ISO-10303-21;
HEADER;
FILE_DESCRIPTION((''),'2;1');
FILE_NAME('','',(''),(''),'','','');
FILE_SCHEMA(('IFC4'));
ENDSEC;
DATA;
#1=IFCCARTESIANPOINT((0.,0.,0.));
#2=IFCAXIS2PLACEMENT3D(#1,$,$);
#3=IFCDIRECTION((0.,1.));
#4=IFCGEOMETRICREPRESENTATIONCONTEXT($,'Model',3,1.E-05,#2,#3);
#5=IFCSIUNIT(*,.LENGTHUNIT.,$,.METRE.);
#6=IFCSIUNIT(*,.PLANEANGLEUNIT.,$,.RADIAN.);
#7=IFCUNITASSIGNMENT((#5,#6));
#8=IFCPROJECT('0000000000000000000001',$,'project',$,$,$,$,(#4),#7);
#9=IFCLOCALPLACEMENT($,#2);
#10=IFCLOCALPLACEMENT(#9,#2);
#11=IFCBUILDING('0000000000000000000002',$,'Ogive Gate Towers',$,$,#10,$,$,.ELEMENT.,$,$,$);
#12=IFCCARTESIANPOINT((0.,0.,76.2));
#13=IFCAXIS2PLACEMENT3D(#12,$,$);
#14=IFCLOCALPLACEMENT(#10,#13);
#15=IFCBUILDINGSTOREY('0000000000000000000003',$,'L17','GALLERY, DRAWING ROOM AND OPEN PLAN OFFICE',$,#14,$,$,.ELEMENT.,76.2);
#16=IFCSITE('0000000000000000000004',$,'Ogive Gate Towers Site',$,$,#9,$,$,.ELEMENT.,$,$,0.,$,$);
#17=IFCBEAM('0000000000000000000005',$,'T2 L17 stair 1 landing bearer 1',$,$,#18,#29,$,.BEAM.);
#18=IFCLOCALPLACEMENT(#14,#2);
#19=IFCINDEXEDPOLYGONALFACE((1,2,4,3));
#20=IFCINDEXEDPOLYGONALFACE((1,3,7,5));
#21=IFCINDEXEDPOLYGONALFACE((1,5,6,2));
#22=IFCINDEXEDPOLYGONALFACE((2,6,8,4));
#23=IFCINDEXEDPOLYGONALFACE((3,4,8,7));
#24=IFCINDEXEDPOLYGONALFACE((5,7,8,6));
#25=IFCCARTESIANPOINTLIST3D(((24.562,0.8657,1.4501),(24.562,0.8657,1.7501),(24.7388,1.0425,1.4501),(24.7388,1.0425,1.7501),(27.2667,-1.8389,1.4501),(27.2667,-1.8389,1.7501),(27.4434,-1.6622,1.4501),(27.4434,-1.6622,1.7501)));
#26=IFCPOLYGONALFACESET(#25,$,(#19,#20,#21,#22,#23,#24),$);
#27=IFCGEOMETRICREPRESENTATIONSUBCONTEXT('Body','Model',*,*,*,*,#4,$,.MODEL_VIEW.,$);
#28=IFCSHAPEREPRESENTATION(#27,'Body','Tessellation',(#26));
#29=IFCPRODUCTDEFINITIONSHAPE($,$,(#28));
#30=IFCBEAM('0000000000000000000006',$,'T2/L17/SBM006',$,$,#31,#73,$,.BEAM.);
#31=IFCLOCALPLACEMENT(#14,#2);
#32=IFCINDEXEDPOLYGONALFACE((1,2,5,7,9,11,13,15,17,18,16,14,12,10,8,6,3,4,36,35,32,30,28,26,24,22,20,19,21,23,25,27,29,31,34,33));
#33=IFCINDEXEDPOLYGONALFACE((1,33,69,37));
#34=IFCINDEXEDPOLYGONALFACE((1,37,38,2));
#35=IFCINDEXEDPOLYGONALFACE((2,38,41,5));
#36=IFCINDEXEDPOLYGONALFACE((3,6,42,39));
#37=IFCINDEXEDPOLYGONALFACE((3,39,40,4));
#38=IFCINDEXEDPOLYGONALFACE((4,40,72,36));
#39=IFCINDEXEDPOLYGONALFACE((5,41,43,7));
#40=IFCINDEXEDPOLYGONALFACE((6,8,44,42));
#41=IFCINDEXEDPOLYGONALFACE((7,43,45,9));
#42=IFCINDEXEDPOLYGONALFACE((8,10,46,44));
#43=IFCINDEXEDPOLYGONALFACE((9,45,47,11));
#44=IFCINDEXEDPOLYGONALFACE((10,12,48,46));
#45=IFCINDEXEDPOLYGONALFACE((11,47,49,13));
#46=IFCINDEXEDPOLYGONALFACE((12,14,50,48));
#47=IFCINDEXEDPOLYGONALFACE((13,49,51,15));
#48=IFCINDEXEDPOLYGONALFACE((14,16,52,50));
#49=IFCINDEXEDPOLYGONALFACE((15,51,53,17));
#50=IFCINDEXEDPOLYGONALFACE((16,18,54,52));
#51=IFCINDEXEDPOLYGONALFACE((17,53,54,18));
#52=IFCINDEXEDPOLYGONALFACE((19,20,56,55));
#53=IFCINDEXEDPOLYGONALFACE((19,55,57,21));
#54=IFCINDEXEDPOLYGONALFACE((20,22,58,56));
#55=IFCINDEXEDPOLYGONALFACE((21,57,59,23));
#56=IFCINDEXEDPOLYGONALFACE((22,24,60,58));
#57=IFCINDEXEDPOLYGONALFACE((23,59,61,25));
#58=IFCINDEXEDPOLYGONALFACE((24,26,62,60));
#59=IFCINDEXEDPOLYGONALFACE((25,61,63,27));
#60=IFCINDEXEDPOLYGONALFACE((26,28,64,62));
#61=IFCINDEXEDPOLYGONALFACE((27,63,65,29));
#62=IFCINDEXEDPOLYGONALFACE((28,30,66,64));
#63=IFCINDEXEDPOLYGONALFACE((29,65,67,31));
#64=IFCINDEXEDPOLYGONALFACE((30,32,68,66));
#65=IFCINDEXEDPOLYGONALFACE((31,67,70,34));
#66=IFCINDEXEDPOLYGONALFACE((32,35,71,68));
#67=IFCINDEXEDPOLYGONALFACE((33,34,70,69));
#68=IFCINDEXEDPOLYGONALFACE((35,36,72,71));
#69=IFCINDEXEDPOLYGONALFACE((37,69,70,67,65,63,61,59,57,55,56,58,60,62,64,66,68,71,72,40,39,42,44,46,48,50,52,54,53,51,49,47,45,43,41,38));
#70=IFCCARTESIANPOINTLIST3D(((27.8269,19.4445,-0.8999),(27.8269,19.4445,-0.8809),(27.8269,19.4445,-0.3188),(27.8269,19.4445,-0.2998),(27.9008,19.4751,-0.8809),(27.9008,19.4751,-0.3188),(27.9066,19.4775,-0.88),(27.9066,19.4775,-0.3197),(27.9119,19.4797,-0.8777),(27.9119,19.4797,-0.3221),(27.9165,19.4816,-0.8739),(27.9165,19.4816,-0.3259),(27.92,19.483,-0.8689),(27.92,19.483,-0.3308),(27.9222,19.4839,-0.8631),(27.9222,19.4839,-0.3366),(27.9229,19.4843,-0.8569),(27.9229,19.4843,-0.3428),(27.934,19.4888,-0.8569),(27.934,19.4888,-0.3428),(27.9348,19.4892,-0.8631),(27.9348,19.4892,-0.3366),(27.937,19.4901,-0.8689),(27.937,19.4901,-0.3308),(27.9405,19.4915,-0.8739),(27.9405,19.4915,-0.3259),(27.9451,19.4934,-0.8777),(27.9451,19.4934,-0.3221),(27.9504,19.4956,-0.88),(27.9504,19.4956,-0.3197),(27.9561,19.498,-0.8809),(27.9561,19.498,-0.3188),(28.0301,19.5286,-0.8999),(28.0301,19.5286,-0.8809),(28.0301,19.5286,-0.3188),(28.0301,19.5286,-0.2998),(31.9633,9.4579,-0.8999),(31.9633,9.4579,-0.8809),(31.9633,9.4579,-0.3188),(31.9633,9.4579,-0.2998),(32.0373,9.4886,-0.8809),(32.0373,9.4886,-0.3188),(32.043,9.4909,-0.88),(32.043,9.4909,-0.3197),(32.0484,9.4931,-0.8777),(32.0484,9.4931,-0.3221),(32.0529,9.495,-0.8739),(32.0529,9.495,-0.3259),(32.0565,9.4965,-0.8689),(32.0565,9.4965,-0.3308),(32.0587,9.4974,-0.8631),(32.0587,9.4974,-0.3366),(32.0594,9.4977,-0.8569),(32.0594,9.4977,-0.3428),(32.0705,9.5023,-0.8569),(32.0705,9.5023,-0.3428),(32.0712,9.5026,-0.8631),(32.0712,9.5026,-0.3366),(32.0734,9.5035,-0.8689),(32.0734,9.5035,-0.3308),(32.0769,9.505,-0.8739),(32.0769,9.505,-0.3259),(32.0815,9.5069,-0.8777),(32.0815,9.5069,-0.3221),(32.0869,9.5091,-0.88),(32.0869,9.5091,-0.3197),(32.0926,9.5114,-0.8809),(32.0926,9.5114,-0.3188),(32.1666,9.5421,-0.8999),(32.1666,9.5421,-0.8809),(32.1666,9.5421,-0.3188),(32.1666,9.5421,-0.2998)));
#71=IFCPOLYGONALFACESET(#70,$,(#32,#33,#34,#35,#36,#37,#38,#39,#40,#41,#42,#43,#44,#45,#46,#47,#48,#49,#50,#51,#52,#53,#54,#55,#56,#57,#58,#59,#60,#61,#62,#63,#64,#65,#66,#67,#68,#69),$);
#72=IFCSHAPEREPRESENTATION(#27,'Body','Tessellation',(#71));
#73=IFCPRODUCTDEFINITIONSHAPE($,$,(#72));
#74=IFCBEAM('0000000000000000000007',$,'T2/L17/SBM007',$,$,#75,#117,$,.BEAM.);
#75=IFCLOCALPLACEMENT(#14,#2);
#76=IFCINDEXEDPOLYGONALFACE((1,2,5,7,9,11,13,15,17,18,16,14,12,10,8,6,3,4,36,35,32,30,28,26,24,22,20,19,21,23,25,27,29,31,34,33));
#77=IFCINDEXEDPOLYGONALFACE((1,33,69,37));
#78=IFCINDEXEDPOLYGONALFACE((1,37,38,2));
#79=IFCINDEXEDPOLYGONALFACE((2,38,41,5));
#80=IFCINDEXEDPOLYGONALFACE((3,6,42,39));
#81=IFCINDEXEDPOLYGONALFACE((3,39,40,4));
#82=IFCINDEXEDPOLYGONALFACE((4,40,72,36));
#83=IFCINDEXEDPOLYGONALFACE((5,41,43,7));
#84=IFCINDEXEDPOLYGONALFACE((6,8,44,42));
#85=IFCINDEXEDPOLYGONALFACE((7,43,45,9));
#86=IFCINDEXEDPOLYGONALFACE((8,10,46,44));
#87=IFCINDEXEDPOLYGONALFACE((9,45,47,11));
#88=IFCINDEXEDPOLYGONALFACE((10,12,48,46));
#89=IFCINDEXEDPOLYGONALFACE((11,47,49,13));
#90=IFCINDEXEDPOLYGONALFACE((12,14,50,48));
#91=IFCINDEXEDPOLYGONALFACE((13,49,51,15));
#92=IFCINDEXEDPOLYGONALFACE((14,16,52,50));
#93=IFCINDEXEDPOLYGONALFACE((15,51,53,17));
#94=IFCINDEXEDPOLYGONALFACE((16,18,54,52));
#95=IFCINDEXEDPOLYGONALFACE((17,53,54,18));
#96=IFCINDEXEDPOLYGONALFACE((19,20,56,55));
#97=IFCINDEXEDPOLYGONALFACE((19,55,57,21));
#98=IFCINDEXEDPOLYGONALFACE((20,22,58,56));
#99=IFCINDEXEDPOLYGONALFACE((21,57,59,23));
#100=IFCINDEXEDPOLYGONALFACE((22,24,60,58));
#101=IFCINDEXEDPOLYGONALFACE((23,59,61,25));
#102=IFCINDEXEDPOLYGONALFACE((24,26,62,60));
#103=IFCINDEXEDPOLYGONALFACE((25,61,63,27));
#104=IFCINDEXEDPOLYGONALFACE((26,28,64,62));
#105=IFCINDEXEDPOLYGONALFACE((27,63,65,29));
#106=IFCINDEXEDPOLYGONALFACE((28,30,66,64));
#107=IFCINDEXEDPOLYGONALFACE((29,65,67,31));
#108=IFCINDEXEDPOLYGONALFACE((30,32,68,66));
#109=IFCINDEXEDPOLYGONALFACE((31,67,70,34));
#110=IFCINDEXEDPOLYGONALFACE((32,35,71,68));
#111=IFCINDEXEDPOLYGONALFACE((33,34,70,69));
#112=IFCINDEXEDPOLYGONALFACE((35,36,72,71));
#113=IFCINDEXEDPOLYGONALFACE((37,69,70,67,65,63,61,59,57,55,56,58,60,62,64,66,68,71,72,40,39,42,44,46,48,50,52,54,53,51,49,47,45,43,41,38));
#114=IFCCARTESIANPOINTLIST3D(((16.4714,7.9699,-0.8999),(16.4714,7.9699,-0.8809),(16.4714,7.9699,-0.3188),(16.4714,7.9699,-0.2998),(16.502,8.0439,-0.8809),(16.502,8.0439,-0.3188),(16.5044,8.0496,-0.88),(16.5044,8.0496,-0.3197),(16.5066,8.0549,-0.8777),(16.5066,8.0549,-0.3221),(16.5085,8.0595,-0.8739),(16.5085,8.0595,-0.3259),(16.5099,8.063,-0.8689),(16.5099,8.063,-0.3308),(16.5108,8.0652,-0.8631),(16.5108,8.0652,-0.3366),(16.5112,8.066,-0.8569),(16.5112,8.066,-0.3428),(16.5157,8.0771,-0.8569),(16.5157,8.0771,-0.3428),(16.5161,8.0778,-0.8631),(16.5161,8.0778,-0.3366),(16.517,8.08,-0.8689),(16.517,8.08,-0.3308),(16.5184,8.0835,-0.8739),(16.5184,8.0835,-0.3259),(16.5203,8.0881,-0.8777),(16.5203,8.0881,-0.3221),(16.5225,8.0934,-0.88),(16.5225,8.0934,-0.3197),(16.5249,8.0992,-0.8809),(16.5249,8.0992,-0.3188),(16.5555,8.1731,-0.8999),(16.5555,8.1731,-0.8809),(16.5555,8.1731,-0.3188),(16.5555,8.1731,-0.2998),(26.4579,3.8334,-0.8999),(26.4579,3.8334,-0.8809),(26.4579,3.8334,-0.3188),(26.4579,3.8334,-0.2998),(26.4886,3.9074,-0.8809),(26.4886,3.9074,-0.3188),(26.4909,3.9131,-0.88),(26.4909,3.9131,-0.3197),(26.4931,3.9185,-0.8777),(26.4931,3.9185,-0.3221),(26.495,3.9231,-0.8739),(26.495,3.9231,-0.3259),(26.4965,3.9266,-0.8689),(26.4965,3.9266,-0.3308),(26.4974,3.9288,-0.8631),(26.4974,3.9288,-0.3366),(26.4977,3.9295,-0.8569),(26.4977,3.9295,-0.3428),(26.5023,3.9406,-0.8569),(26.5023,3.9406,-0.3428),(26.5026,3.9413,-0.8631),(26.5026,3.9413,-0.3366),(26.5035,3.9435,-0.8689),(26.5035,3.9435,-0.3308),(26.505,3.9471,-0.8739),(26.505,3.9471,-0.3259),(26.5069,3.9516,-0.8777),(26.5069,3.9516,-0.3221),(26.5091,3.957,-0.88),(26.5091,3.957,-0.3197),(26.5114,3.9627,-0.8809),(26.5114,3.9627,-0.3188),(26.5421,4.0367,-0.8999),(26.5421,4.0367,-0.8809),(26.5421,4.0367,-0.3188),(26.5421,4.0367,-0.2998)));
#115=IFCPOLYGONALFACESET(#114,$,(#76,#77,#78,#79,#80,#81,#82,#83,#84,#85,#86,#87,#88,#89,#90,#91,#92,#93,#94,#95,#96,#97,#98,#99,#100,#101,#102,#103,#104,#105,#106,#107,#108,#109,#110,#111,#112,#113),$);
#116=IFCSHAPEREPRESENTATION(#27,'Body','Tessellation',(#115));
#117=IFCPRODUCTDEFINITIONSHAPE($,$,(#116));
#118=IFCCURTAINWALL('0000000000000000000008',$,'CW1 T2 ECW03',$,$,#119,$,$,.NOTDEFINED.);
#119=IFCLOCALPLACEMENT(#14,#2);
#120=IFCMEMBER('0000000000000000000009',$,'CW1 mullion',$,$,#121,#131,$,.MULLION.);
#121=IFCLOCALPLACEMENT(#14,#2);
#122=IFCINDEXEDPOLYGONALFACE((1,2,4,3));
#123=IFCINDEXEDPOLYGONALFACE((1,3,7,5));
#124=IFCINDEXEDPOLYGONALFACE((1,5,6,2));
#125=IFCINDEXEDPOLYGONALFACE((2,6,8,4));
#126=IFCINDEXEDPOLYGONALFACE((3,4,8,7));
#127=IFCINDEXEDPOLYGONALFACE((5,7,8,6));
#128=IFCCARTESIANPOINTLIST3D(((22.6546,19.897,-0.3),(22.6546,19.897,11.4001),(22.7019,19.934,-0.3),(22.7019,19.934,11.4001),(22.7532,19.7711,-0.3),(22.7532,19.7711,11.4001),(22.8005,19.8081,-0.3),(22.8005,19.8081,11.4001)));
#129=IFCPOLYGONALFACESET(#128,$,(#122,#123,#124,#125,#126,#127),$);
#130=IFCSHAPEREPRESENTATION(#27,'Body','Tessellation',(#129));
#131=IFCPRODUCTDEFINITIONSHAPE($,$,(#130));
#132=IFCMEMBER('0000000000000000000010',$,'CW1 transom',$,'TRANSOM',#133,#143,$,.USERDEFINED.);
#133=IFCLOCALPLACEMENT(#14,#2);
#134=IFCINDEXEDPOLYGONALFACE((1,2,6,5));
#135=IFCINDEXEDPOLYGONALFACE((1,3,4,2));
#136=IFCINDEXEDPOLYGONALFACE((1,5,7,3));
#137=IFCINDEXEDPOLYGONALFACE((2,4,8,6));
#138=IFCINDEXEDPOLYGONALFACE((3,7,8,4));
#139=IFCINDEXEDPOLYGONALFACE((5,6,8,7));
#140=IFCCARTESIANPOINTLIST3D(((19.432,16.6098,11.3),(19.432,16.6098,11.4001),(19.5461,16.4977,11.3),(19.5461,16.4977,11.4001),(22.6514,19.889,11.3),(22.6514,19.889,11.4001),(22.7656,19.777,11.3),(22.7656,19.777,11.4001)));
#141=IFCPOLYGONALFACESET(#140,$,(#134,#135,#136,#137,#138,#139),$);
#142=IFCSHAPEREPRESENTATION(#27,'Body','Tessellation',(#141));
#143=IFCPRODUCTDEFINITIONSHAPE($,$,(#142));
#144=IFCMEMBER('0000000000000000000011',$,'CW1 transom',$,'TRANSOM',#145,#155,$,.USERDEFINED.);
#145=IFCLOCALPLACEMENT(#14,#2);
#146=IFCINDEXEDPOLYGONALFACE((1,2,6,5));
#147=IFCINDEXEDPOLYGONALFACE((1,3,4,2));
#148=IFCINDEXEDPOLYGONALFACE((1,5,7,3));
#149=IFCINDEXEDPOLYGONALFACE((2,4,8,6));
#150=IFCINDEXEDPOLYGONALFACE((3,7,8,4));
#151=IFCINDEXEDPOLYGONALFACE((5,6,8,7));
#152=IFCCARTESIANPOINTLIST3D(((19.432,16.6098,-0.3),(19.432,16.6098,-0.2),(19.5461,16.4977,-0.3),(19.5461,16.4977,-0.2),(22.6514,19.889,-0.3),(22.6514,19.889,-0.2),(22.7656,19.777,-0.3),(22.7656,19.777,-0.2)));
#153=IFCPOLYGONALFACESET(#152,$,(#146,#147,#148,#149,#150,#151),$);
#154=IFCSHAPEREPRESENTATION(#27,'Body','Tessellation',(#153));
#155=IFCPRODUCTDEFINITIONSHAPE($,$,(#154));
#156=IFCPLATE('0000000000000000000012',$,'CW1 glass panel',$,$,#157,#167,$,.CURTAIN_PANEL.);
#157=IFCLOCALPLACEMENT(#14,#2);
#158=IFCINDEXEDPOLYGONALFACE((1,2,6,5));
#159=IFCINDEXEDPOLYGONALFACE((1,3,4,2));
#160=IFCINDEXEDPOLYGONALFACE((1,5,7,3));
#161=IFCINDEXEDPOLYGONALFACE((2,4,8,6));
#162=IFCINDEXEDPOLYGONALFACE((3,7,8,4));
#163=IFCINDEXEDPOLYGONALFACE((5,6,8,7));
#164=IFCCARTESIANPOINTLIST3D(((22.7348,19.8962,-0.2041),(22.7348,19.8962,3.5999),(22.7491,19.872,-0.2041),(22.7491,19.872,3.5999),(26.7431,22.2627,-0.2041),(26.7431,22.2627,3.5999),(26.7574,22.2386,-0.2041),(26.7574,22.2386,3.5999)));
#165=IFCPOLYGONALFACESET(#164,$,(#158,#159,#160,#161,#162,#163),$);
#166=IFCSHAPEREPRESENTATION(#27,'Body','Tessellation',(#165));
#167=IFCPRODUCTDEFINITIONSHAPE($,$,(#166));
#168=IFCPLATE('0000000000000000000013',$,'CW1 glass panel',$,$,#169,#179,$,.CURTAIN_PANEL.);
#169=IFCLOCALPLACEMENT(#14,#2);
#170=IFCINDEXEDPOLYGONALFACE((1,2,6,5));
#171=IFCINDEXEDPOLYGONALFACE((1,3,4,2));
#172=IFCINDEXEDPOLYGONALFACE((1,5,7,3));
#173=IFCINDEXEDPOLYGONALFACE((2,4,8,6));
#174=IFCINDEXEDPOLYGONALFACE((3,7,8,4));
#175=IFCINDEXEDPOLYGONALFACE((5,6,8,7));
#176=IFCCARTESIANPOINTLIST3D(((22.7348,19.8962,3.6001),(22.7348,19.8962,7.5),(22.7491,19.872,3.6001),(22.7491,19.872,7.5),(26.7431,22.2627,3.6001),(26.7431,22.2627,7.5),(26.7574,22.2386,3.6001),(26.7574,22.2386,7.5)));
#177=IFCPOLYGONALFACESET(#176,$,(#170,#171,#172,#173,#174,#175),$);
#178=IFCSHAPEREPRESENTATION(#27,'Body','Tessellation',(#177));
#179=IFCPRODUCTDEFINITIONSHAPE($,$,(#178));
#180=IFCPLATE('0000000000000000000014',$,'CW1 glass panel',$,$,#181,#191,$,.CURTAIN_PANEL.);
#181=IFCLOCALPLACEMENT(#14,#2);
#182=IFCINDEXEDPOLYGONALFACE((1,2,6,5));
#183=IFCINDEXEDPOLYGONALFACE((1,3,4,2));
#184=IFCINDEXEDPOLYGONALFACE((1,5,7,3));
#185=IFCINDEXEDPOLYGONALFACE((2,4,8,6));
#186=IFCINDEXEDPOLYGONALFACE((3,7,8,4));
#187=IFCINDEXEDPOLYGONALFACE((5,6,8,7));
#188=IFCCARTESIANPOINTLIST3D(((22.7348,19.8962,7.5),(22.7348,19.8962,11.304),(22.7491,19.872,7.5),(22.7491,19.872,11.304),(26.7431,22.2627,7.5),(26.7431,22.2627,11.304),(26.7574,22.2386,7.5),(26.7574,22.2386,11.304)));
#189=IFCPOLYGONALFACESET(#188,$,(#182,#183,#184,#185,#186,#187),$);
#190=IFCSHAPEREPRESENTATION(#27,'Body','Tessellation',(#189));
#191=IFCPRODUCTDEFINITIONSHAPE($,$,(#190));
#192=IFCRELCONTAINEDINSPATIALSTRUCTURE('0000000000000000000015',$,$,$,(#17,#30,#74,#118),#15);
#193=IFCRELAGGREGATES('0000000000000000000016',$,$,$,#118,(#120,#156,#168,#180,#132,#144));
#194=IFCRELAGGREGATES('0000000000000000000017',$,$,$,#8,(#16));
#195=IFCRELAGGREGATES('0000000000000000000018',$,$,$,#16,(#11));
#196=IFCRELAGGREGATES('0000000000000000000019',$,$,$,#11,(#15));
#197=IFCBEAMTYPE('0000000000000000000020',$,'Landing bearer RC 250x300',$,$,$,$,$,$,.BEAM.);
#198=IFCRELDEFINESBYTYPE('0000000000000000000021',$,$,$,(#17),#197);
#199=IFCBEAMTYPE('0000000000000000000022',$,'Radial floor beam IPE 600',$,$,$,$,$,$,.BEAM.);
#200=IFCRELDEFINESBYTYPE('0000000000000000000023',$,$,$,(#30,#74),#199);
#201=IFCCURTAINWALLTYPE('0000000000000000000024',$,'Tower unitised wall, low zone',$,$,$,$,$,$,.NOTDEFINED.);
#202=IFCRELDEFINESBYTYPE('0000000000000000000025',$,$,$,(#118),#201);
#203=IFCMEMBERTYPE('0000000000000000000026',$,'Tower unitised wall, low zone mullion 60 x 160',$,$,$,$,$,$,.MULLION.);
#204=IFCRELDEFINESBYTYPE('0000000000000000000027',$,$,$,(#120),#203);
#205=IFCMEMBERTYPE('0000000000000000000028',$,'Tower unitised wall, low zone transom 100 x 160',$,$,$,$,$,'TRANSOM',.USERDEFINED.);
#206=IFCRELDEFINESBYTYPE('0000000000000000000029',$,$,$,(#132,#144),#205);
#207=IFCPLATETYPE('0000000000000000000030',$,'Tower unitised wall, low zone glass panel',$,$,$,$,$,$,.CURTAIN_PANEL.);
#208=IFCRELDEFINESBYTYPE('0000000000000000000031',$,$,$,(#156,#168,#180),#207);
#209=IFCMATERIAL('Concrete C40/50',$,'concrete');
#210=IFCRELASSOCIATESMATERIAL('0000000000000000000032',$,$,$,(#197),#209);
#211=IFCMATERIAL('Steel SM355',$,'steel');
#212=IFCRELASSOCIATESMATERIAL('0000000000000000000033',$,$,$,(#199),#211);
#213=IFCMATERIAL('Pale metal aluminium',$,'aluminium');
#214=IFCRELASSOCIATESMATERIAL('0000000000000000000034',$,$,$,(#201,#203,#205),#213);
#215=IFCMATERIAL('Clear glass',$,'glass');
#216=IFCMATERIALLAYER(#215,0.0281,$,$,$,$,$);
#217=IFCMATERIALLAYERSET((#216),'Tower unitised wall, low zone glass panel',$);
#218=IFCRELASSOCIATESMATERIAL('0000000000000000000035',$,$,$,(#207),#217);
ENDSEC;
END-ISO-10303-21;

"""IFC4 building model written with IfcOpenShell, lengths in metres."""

from ifc_helpers import new_model, si_unit, direction, frame, origin, origin_2d, place, context, subcontext, project, spatial, rectangle, i_section, extrude, material, layer, layer_set, material_profile, profile_set, type_object, element, aggregate, save


model = new_model("IFC4")

# Units and contexts
model_context = context("Model", 3, precision=1e-05, world=origin(), true_north=direction((0.0, 1.0)))
body_context = subcontext(model_context, "Body", "Model", "MODEL_VIEW")
ifc_project = project(units=[si_unit("LENGTHUNIT", "METRE"), si_unit("PLANEANGLEUNIT", "RADIAN")], contexts=[model_context])

# Site, building, storey
site_placement = place(None, origin())
site = spatial("IfcSite", under=ifc_project, at=site_placement, Name="Ogive Gate Towers Site", CompositionType="ELEMENT", RefElevation=0.0)
building_placement = place(site_placement, origin())
building = spatial("IfcBuilding", under=site, at=building_placement, Name="Ogive Gate Towers", CompositionType="ELEMENT")
storey_placement = place(building_placement, frame((0.0, 0.0, 76.2)))
storey = spatial("IfcBuildingStorey", under=building, at=storey_placement, Name="L17", Description="GALLERY, DRAWING ROOM AND OPEN PLAN OFFICE", CompositionType="ELEMENT", Elevation=76.2)

# Beams
ifc_material_1 = material(Name="Concrete C40/50", Category="concrete")
ifc_material_profile_1 = material_profile(ifc_material_1, rectangle(XDim=0.25, YDim=0.3, at=origin_2d()), Name="RC 250x300")
ifc_profile_set_1 = profile_set([ifc_material_profile_1], Name="Concrete C40/50")
beam_type_1 = type_object("IfcBeamType", Name="Landing bearer RC 250x300", PredefinedType="BEAM", material=ifc_profile_set_1)
beam_placement = place(storey_placement, frame((24.6504, 0.9541, 1.6001), z_axis=(0.707107, -0.707107, 0.0), x_axis=(0.707107, 0.707107, 0.0)))
element("IfcBeam", 1, at=beam_placement, inside=storey, type_object=beam_type_1, Name="T2 L17 stair 1 landing bearer 1", PredefinedType="BEAM", context=body_context, shape_type="SweptSolid", body=[
    extrude(rectangle(XDim=0.25, YDim=0.3, at=origin_2d()), origin(), (0.0, 0.0, 1.0), 3.825),
])
ifc_material_2 = material(Name="Steel SM355", Category="steel")
ifc_material_profile_2 = material_profile(ifc_material_2, i_section(OverallWidth=0.22, OverallDepth=0.6001, WebThickness=0.012, FlangeThickness=0.019, FilletRadius=0.0239, at=origin_2d()), Name="IPE 600")
ifc_profile_set_2 = profile_set([ifc_material_profile_2], Name="Steel SM355")
beam_type_2 = type_object("IfcBeamType", Name="Radial floor beam IPE 600", PredefinedType="BEAM", material=ifc_profile_set_2)
for number, where, z_axis, x_axis, name in (
    (2, (32.0649, 9.5, -0.5999), (-0.382676, 0.923883, 0.0), (-0.923883, -0.382676, 0.0), "T2/L17/SBM006"),
    (3, (26.5, 3.9351, -0.5999), (-0.923883, 0.382676, 0.0), (-0.382676, -0.923883, 0.0), "T2/L17/SBM007"),
):
    element("IfcBeam", number, at=place(storey_placement, frame(where, z_axis=z_axis, x_axis=x_axis)), inside=storey, type_object=beam_type_2, Name=name, PredefinedType="BEAM", context=body_context, shape_type="SweptSolid", body=[
        extrude(i_section(OverallWidth=0.22, OverallDepth=0.6001, WebThickness=0.012, FlangeThickness=0.019, FilletRadius=0.0239, at=origin_2d()), origin(), (0.0, 0.0, 1.0), 10.8093),
    ])

# Curtain wall, members, plates
ifc_material_3 = material(Name="Pale metal aluminium", Category="aluminium")
curtain_wall_type = type_object("IfcCurtainWallType", Name="Tower unitised wall, low zone", PredefinedType="NOTDEFINED", material=ifc_material_3)
curtain_wall_placement = place(storey_placement, origin())
curtain_wall = element("IfcCurtainWall", 4, at=curtain_wall_placement, inside=storey, type_object=curtain_wall_type, Name="CW1 T2 ECW03", PredefinedType="NOTDEFINED")
ifc_material_profile_3 = material_profile(ifc_material_3, rectangle(XDim=0.1599, YDim=0.0601, at=origin_2d()), Name="60 x 160 aluminium box")
ifc_profile_set_3 = profile_set([ifc_material_profile_3], Name="Pale metal aluminium")
member_type_1 = type_object("IfcMemberType", Name="Tower unitised wall, low zone mullion 60 x 160", PredefinedType="MULLION", material=ifc_profile_set_3)
member_1_placement = place(storey_placement, frame((22.7275, 19.8525, -0.3), z_axis=(0.0, 0.0, 1.0), x_axis=(-0.616239, 0.787559, 0.0)))
member_1 = element("IfcMember", 5, at=member_1_placement, type_object=member_type_1, Name="CW1 mullion", PredefinedType="MULLION", context=body_context, shape_type="SweptSolid", body=[
    extrude(rectangle(XDim=0.1599, YDim=0.0601, at=origin_2d()), origin(), (0.0, 0.0, 1.0), 11.7002),
])
ifc_material_profile_4 = material_profile(ifc_material_3, rectangle(XDim=0.1599, YDim=0.1001, at=origin_2d()), Name="100 x 160 aluminium box")
ifc_profile_set_4 = profile_set([ifc_material_profile_4], Name="Pale metal aluminium")
member_type_2 = type_object("IfcMemberType", Name="Tower unitised wall, low zone transom 100 x 160", ElementType="TRANSOM", PredefinedType="USERDEFINED", material=ifc_profile_set_4)
member_2_placement = place(storey_placement, frame((22.7085, 19.833, 11.3501), z_axis=(-0.700569, -0.713585, 0.0), x_axis=(0.713585, -0.700569, 0.0)))
member_2 = element("IfcMember", 6, at=member_2_placement, type_object=member_type_2, Name="CW1 transom", ObjectType="TRANSOM", PredefinedType="USERDEFINED", context=body_context, shape_type="SweptSolid", body=[
    extrude(rectangle(XDim=0.1599, YDim=0.1001, at=origin_2d()), origin(), (0.0, 0.0, 1.0), 4.5955),
])
member_3_placement = place(storey_placement, frame((22.7085, 19.833, -0.25), z_axis=(-0.700569, -0.713585, 0.0), x_axis=(0.713585, -0.700569, 0.0)))
member_3 = element("IfcMember", 7, at=member_3_placement, type_object=member_type_2, Name="CW1 transom", ObjectType="TRANSOM", PredefinedType="USERDEFINED", context=body_context, shape_type="SweptSolid", body=[
    extrude(rectangle(XDim=0.1599, YDim=0.1001, at=origin_2d()), origin(), (0.0, 0.0, 1.0), 4.5955),
])
ifc_material_4 = material(Name="Clear glass", Category="glass")
ifc_layer_1 = layer(ifc_material_4, 0.0281)
ifc_layer_set_1 = layer_set([ifc_layer_1], Name="Tower unitised wall, low zone glass panel")
plate_type = type_object("IfcPlateType", Name="Tower unitised wall, low zone glass panel", PredefinedType="CURTAIN_PANEL", material=ifc_layer_set_1)
plate_1_placement = place(storey_placement, frame((24.7461, 21.0674, -0.2041), z_axis=(0.0, 0.0, 1.0), x_axis=(-0.861115, -0.50841, 0.0)))
plate_1 = element("IfcPlate", 8, at=plate_1_placement, type_object=plate_type, Name="CW1 glass panel", PredefinedType="CURTAIN_PANEL", context=body_context, shape_type="SweptSolid", body=[
    extrude(rectangle(XDim=4.6548, YDim=0.0281, at=origin_2d()), origin(), (0.0, 0.0, 1.0), 3.804),
])
plate_2_placement = place(storey_placement, frame((24.7461, 21.0674, 3.6001), z_axis=(0.0, 0.0, 1.0), x_axis=(-0.861115, -0.50841, 0.0)))
plate_2 = element("IfcPlate", 9, at=plate_2_placement, type_object=plate_type, Name="CW1 glass panel", PredefinedType="CURTAIN_PANEL", context=body_context, shape_type="SweptSolid", body=[
    extrude(rectangle(XDim=4.6548, YDim=0.0281, at=origin_2d()), origin(), (0.0, 0.0, 1.0), 3.8999),
])
plate_3_placement = place(storey_placement, frame((24.7461, 21.0674, 7.5), z_axis=(0.0, 0.0, 1.0), x_axis=(-0.861115, -0.50841, 0.0)))
plate_3 = element("IfcPlate", 10, at=plate_3_placement, type_object=plate_type, Name="CW1 glass panel", PredefinedType="CURTAIN_PANEL", context=body_context, shape_type="SweptSolid", body=[
    extrude(rectangle(XDim=4.6548, YDim=0.0281, at=origin_2d()), origin(), (0.0, 0.0, 1.0), 3.804),
])
aggregate(curtain_wall, [member_1, plate_1, plate_2, plate_3, member_2, member_3])

save(model, "model.ifc")
